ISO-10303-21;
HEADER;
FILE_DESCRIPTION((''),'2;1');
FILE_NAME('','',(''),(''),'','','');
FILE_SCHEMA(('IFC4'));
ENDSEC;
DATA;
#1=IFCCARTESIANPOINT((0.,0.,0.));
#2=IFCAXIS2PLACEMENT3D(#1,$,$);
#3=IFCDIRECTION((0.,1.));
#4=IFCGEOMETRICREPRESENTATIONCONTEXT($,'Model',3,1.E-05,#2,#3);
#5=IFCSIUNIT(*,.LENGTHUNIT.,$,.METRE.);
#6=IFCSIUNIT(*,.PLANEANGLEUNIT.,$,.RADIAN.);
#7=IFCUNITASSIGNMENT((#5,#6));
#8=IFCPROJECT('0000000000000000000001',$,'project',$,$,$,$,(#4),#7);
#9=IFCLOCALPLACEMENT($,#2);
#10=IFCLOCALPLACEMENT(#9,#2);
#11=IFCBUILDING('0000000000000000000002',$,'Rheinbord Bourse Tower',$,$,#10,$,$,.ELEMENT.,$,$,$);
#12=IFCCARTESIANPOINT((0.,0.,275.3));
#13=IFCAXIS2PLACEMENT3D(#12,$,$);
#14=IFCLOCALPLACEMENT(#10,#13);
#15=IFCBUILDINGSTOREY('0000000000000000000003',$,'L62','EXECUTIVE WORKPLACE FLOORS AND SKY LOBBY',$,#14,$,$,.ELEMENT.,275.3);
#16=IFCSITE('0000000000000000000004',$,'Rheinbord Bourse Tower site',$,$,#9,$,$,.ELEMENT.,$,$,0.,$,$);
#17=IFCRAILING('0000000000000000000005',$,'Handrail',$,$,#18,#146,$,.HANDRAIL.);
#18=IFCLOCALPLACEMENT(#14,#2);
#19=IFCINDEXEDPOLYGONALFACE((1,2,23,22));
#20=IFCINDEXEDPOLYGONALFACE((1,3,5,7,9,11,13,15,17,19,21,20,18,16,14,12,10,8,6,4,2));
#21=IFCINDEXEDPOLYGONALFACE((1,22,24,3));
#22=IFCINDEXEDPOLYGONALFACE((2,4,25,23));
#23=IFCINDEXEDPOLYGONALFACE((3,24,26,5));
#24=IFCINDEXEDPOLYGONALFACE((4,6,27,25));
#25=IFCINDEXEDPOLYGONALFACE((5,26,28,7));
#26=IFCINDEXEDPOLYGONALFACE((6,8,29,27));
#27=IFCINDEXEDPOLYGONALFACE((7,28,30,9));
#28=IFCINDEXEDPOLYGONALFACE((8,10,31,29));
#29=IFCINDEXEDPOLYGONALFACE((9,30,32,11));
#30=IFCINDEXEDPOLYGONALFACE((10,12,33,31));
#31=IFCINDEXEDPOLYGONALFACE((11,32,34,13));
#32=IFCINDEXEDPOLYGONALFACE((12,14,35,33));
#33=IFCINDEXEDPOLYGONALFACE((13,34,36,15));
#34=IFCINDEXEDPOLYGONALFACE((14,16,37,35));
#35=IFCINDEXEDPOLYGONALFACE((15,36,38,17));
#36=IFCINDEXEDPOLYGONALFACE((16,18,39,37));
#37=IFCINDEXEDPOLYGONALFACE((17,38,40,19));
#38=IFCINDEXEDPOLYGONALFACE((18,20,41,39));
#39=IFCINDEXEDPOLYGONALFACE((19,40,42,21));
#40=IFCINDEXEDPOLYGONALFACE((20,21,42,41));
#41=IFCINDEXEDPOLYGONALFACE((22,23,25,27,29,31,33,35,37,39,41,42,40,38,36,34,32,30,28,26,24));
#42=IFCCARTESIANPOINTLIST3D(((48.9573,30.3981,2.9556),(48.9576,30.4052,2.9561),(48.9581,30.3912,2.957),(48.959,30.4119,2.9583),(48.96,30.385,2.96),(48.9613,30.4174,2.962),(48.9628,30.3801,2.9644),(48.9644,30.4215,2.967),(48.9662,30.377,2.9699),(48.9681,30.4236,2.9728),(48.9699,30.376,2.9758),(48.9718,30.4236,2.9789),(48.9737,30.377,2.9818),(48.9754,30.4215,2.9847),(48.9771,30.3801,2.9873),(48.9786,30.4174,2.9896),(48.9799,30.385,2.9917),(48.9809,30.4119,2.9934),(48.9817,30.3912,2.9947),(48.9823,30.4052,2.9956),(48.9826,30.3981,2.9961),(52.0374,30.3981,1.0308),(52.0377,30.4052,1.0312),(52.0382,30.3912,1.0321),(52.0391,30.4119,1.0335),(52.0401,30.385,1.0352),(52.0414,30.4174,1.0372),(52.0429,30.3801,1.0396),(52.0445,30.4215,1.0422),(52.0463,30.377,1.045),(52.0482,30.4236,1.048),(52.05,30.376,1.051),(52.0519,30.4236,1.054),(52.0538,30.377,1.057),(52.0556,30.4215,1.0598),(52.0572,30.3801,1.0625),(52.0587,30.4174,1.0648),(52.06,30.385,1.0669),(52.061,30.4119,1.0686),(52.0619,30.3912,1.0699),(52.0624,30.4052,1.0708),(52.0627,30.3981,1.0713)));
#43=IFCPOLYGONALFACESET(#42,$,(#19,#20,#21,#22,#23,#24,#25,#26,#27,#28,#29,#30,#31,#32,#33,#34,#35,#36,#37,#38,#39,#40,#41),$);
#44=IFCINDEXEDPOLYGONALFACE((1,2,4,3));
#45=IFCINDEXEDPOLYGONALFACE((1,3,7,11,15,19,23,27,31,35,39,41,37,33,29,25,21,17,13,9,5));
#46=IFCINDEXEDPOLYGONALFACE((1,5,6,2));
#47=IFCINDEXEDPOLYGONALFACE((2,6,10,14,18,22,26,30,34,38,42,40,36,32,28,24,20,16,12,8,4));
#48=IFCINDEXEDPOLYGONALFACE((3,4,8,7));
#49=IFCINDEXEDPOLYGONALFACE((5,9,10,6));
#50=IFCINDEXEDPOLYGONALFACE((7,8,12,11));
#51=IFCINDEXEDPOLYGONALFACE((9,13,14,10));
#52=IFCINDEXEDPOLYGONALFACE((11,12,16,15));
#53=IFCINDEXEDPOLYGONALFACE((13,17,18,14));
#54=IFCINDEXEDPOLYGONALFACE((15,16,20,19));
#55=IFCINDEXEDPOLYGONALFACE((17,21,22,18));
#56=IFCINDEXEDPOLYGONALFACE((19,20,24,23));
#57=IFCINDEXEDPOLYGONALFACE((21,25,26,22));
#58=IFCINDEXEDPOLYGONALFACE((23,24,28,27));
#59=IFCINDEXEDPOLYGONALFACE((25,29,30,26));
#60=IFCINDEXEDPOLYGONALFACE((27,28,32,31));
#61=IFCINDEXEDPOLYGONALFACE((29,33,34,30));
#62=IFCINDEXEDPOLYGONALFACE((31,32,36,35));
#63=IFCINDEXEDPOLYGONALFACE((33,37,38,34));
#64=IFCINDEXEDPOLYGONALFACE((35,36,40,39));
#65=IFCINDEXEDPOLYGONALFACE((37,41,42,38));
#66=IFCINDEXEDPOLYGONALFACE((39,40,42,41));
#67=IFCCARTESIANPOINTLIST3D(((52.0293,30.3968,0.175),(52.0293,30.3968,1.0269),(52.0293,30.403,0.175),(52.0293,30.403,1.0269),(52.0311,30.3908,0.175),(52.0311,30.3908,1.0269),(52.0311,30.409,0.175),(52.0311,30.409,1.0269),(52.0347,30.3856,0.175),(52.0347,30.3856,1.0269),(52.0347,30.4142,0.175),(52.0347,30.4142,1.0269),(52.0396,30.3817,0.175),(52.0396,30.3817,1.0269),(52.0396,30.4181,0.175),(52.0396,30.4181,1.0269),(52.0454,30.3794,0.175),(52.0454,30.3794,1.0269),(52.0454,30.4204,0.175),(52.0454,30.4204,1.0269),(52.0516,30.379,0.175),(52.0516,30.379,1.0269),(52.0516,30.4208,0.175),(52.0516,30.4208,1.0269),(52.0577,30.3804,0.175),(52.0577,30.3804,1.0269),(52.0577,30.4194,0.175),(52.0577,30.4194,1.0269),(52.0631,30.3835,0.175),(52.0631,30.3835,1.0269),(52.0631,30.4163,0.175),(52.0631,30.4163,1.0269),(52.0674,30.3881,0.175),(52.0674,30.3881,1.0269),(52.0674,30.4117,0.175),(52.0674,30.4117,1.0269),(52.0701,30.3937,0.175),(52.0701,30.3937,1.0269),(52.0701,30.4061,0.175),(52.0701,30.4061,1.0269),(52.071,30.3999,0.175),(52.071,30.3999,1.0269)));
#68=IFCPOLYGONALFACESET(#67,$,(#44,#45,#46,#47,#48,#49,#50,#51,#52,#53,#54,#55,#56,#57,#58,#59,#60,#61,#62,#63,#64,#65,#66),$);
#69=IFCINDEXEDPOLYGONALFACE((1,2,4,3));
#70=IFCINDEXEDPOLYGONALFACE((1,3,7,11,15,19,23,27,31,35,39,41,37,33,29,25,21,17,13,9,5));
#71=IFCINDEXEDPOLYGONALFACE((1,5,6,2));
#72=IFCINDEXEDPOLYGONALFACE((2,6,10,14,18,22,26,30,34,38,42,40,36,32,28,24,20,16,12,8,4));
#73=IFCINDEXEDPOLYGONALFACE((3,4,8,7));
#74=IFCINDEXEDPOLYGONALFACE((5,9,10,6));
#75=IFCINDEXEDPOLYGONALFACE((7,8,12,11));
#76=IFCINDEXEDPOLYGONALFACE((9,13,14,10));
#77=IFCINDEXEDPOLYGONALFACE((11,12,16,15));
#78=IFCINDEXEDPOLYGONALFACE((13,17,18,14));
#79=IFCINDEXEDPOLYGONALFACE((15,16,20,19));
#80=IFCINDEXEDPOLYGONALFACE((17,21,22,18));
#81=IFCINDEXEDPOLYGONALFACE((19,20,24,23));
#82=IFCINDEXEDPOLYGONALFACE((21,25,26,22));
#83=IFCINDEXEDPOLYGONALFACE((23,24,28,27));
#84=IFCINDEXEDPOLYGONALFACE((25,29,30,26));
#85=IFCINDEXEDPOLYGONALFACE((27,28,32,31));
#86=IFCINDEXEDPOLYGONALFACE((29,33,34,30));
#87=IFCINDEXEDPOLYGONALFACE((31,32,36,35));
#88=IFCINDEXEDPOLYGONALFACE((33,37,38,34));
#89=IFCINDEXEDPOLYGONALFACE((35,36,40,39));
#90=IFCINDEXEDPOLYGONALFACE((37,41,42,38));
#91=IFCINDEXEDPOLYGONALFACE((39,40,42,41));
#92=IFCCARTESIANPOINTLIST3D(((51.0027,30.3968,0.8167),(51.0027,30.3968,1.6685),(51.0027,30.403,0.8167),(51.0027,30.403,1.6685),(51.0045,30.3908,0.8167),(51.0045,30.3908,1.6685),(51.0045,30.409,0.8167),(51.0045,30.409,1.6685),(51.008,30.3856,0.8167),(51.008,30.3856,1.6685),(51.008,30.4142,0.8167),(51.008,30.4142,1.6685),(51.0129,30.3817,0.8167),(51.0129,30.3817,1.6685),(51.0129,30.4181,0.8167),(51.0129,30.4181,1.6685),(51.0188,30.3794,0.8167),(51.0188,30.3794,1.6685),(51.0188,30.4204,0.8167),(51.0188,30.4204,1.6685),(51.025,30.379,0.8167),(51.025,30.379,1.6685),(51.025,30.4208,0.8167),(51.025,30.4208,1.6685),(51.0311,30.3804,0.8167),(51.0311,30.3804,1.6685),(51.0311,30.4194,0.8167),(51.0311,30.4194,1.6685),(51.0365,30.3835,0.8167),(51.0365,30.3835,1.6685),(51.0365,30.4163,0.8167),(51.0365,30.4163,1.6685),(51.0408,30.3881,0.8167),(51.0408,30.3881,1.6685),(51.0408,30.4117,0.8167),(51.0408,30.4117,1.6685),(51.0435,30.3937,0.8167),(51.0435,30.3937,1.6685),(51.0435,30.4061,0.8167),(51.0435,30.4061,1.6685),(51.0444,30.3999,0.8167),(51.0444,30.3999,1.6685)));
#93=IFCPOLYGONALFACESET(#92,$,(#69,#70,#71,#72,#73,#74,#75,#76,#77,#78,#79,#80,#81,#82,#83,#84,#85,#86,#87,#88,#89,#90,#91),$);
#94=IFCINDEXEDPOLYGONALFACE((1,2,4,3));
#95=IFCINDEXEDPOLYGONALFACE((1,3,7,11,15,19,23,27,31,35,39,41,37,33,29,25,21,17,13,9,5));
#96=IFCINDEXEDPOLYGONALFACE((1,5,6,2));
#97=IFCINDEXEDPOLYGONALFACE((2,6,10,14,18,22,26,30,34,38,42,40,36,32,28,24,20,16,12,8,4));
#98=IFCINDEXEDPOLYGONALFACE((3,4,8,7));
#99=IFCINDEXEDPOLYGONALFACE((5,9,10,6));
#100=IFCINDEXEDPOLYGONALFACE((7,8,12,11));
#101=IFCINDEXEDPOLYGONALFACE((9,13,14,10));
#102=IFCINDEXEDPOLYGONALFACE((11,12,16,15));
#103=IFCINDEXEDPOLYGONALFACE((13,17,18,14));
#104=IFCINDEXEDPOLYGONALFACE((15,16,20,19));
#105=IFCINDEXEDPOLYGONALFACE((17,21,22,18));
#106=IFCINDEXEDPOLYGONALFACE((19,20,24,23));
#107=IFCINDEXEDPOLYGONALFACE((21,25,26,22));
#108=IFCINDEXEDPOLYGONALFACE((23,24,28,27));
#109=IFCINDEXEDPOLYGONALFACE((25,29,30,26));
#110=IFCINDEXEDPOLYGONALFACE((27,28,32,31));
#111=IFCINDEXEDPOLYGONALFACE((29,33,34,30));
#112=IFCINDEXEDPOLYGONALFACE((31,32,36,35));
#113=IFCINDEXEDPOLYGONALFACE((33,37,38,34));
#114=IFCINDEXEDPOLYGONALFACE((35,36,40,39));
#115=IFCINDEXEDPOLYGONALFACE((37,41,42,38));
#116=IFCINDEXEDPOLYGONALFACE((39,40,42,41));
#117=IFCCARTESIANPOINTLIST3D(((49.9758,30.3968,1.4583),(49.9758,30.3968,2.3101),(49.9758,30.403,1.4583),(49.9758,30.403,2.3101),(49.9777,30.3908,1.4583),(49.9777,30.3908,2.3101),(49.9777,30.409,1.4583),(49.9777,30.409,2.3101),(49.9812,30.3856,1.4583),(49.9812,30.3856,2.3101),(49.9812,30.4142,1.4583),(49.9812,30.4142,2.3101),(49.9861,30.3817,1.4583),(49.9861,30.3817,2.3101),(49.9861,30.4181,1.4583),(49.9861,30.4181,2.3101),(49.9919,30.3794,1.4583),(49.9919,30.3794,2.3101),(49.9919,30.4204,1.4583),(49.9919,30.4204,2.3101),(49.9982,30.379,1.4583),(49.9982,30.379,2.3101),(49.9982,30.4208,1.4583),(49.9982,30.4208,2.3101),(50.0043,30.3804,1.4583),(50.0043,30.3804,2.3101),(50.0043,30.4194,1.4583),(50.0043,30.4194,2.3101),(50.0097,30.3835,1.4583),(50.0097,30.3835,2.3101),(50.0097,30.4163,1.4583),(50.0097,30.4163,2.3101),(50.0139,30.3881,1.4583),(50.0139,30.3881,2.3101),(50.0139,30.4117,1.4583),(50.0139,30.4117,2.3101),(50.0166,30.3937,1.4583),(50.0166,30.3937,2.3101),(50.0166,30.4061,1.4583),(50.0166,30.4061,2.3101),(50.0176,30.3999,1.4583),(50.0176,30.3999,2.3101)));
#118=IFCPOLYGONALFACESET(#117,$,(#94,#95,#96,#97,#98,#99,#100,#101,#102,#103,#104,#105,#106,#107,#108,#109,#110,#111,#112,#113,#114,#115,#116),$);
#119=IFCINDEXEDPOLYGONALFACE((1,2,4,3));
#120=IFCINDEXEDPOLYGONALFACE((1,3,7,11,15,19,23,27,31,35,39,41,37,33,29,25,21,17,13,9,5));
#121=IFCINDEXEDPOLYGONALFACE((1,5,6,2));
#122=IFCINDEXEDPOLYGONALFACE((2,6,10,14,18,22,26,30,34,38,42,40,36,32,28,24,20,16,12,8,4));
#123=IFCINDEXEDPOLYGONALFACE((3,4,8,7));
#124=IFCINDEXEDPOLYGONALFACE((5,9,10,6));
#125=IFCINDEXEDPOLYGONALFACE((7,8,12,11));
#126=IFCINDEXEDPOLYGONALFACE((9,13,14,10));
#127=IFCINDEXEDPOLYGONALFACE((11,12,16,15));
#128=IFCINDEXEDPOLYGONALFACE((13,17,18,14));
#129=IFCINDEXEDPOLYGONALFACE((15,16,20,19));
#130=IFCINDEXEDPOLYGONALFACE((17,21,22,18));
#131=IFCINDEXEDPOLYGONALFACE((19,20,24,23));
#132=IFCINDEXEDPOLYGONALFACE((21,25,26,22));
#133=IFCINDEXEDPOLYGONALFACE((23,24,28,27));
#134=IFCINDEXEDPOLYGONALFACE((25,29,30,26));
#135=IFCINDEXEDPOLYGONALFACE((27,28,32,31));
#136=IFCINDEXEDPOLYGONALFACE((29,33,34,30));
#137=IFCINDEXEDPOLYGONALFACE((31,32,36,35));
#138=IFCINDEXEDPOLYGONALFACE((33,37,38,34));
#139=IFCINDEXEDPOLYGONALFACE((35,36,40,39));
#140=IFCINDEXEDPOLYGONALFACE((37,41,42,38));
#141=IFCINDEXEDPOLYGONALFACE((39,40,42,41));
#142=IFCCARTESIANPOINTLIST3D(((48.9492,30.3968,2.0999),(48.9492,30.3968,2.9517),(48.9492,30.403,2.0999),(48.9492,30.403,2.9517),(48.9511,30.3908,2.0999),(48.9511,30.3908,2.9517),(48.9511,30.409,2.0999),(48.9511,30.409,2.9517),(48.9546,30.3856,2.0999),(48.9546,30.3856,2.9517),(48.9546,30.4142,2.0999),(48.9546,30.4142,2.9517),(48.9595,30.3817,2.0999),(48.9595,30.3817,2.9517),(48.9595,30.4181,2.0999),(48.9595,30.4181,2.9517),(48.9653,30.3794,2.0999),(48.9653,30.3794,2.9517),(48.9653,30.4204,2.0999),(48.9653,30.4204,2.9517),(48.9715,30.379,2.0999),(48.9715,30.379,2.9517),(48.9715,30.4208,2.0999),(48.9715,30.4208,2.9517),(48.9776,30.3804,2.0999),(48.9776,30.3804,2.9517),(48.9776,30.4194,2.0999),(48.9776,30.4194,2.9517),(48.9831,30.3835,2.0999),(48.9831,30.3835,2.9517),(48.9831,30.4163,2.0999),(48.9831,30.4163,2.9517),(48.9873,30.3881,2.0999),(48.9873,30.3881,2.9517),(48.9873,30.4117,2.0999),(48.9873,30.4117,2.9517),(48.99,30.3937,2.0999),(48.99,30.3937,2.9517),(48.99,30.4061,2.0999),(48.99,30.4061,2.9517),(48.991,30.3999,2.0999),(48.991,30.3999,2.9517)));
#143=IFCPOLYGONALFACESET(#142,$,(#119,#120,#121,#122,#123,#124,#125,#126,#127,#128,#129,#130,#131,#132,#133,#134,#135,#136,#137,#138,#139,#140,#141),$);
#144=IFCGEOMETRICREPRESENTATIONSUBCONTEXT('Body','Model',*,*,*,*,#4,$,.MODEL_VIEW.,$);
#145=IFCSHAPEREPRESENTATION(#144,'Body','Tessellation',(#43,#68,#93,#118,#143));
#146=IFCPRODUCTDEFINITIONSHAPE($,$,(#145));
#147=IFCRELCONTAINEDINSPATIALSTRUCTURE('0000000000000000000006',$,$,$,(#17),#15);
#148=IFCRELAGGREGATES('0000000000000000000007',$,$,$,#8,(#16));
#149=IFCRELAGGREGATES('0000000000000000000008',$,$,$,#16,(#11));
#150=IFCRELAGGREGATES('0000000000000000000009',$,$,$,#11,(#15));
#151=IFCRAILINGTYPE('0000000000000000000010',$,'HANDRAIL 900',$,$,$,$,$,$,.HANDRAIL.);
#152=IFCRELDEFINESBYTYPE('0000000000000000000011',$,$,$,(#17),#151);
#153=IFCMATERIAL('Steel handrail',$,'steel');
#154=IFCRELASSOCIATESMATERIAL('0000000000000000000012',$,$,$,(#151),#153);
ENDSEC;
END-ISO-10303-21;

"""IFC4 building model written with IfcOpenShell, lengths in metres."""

from ifc_helpers import new_model, si_unit, direction, frame, origin, origin_2d, place, context, subcontext, project, spatial, circle, extrude, material, type_object, element, save


model = new_model("IFC4")

# Units and contexts
model_context = context("Model", 3, precision=1e-05, world=origin(), true_north=direction((0.0, 1.0)))
body_context = subcontext(model_context, "Body", "Model", "MODEL_VIEW")
ifc_project = project(units=[si_unit("LENGTHUNIT", "METRE"), si_unit("PLANEANGLEUNIT", "RADIAN")], contexts=[model_context])

# Site, building, storey
site_placement = place(None, origin())
site = spatial("IfcSite", under=ifc_project, at=site_placement, Name="Rheinbord Bourse Tower site", CompositionType="ELEMENT", RefElevation=0.0)
building_placement = place(site_placement, origin())
building = spatial("IfcBuilding", under=site, at=building_placement, Name="Rheinbord Bourse Tower", CompositionType="ELEMENT")
storey_placement = place(building_placement, frame((0.0, 0.0, 275.3)))
storey = spatial("IfcBuildingStorey", under=building, at=storey_placement, Name="L62", Description="EXECUTIVE WORKPLACE FLOORS AND SKY LOBBY", CompositionType="ELEMENT", Elevation=275.3)

# Railing
ifc_material_1 = material(Name="Steel handrail", Category="steel")
railing_type = type_object("IfcRailingType", Name="HANDRAIL 900", PredefinedType="HANDRAIL", material=ifc_material_1)
railing_1_placement = place(storey_placement, frame((52.05, 30.3999, 0.175)))
element("IfcRailing", 1, at=railing_1_placement, inside=storey, type_object=railing_type, Name="Handrail", PredefinedType="HANDRAIL", context=body_context, shape_type="SweptSolid", body=[
    extrude(circle(Radius=0.0239, at=origin_2d()), frame((0.0, 0.0, 0.876), z_axis=(-0.848029, 0.0, 0.529951), x_axis=(0.0, -1.0, 0.0)), (0.0, 0.0, 1.0), 3.6321),
    extrude(circle(Radius=0.021, at=origin_2d()), origin(), (0.0, 0.0, 1.0), 0.8518),
    extrude(circle(Radius=0.021, at=origin_2d()), frame((-1.0266, 0.0, 0.6416)), (0.0, 0.0, 1.0), 0.8518),
    extrude(circle(Radius=0.021, at=origin_2d()), frame((-2.0535, 0.0, 1.2832)), (0.0, 0.0, 1.0), 0.8518),
    extrude(circle(Radius=0.021, at=origin_2d()), frame((-3.0801, 0.0, 1.9248)), (0.0, 0.0, 1.0), 0.8518),
])

save(model, "model.ifc")
